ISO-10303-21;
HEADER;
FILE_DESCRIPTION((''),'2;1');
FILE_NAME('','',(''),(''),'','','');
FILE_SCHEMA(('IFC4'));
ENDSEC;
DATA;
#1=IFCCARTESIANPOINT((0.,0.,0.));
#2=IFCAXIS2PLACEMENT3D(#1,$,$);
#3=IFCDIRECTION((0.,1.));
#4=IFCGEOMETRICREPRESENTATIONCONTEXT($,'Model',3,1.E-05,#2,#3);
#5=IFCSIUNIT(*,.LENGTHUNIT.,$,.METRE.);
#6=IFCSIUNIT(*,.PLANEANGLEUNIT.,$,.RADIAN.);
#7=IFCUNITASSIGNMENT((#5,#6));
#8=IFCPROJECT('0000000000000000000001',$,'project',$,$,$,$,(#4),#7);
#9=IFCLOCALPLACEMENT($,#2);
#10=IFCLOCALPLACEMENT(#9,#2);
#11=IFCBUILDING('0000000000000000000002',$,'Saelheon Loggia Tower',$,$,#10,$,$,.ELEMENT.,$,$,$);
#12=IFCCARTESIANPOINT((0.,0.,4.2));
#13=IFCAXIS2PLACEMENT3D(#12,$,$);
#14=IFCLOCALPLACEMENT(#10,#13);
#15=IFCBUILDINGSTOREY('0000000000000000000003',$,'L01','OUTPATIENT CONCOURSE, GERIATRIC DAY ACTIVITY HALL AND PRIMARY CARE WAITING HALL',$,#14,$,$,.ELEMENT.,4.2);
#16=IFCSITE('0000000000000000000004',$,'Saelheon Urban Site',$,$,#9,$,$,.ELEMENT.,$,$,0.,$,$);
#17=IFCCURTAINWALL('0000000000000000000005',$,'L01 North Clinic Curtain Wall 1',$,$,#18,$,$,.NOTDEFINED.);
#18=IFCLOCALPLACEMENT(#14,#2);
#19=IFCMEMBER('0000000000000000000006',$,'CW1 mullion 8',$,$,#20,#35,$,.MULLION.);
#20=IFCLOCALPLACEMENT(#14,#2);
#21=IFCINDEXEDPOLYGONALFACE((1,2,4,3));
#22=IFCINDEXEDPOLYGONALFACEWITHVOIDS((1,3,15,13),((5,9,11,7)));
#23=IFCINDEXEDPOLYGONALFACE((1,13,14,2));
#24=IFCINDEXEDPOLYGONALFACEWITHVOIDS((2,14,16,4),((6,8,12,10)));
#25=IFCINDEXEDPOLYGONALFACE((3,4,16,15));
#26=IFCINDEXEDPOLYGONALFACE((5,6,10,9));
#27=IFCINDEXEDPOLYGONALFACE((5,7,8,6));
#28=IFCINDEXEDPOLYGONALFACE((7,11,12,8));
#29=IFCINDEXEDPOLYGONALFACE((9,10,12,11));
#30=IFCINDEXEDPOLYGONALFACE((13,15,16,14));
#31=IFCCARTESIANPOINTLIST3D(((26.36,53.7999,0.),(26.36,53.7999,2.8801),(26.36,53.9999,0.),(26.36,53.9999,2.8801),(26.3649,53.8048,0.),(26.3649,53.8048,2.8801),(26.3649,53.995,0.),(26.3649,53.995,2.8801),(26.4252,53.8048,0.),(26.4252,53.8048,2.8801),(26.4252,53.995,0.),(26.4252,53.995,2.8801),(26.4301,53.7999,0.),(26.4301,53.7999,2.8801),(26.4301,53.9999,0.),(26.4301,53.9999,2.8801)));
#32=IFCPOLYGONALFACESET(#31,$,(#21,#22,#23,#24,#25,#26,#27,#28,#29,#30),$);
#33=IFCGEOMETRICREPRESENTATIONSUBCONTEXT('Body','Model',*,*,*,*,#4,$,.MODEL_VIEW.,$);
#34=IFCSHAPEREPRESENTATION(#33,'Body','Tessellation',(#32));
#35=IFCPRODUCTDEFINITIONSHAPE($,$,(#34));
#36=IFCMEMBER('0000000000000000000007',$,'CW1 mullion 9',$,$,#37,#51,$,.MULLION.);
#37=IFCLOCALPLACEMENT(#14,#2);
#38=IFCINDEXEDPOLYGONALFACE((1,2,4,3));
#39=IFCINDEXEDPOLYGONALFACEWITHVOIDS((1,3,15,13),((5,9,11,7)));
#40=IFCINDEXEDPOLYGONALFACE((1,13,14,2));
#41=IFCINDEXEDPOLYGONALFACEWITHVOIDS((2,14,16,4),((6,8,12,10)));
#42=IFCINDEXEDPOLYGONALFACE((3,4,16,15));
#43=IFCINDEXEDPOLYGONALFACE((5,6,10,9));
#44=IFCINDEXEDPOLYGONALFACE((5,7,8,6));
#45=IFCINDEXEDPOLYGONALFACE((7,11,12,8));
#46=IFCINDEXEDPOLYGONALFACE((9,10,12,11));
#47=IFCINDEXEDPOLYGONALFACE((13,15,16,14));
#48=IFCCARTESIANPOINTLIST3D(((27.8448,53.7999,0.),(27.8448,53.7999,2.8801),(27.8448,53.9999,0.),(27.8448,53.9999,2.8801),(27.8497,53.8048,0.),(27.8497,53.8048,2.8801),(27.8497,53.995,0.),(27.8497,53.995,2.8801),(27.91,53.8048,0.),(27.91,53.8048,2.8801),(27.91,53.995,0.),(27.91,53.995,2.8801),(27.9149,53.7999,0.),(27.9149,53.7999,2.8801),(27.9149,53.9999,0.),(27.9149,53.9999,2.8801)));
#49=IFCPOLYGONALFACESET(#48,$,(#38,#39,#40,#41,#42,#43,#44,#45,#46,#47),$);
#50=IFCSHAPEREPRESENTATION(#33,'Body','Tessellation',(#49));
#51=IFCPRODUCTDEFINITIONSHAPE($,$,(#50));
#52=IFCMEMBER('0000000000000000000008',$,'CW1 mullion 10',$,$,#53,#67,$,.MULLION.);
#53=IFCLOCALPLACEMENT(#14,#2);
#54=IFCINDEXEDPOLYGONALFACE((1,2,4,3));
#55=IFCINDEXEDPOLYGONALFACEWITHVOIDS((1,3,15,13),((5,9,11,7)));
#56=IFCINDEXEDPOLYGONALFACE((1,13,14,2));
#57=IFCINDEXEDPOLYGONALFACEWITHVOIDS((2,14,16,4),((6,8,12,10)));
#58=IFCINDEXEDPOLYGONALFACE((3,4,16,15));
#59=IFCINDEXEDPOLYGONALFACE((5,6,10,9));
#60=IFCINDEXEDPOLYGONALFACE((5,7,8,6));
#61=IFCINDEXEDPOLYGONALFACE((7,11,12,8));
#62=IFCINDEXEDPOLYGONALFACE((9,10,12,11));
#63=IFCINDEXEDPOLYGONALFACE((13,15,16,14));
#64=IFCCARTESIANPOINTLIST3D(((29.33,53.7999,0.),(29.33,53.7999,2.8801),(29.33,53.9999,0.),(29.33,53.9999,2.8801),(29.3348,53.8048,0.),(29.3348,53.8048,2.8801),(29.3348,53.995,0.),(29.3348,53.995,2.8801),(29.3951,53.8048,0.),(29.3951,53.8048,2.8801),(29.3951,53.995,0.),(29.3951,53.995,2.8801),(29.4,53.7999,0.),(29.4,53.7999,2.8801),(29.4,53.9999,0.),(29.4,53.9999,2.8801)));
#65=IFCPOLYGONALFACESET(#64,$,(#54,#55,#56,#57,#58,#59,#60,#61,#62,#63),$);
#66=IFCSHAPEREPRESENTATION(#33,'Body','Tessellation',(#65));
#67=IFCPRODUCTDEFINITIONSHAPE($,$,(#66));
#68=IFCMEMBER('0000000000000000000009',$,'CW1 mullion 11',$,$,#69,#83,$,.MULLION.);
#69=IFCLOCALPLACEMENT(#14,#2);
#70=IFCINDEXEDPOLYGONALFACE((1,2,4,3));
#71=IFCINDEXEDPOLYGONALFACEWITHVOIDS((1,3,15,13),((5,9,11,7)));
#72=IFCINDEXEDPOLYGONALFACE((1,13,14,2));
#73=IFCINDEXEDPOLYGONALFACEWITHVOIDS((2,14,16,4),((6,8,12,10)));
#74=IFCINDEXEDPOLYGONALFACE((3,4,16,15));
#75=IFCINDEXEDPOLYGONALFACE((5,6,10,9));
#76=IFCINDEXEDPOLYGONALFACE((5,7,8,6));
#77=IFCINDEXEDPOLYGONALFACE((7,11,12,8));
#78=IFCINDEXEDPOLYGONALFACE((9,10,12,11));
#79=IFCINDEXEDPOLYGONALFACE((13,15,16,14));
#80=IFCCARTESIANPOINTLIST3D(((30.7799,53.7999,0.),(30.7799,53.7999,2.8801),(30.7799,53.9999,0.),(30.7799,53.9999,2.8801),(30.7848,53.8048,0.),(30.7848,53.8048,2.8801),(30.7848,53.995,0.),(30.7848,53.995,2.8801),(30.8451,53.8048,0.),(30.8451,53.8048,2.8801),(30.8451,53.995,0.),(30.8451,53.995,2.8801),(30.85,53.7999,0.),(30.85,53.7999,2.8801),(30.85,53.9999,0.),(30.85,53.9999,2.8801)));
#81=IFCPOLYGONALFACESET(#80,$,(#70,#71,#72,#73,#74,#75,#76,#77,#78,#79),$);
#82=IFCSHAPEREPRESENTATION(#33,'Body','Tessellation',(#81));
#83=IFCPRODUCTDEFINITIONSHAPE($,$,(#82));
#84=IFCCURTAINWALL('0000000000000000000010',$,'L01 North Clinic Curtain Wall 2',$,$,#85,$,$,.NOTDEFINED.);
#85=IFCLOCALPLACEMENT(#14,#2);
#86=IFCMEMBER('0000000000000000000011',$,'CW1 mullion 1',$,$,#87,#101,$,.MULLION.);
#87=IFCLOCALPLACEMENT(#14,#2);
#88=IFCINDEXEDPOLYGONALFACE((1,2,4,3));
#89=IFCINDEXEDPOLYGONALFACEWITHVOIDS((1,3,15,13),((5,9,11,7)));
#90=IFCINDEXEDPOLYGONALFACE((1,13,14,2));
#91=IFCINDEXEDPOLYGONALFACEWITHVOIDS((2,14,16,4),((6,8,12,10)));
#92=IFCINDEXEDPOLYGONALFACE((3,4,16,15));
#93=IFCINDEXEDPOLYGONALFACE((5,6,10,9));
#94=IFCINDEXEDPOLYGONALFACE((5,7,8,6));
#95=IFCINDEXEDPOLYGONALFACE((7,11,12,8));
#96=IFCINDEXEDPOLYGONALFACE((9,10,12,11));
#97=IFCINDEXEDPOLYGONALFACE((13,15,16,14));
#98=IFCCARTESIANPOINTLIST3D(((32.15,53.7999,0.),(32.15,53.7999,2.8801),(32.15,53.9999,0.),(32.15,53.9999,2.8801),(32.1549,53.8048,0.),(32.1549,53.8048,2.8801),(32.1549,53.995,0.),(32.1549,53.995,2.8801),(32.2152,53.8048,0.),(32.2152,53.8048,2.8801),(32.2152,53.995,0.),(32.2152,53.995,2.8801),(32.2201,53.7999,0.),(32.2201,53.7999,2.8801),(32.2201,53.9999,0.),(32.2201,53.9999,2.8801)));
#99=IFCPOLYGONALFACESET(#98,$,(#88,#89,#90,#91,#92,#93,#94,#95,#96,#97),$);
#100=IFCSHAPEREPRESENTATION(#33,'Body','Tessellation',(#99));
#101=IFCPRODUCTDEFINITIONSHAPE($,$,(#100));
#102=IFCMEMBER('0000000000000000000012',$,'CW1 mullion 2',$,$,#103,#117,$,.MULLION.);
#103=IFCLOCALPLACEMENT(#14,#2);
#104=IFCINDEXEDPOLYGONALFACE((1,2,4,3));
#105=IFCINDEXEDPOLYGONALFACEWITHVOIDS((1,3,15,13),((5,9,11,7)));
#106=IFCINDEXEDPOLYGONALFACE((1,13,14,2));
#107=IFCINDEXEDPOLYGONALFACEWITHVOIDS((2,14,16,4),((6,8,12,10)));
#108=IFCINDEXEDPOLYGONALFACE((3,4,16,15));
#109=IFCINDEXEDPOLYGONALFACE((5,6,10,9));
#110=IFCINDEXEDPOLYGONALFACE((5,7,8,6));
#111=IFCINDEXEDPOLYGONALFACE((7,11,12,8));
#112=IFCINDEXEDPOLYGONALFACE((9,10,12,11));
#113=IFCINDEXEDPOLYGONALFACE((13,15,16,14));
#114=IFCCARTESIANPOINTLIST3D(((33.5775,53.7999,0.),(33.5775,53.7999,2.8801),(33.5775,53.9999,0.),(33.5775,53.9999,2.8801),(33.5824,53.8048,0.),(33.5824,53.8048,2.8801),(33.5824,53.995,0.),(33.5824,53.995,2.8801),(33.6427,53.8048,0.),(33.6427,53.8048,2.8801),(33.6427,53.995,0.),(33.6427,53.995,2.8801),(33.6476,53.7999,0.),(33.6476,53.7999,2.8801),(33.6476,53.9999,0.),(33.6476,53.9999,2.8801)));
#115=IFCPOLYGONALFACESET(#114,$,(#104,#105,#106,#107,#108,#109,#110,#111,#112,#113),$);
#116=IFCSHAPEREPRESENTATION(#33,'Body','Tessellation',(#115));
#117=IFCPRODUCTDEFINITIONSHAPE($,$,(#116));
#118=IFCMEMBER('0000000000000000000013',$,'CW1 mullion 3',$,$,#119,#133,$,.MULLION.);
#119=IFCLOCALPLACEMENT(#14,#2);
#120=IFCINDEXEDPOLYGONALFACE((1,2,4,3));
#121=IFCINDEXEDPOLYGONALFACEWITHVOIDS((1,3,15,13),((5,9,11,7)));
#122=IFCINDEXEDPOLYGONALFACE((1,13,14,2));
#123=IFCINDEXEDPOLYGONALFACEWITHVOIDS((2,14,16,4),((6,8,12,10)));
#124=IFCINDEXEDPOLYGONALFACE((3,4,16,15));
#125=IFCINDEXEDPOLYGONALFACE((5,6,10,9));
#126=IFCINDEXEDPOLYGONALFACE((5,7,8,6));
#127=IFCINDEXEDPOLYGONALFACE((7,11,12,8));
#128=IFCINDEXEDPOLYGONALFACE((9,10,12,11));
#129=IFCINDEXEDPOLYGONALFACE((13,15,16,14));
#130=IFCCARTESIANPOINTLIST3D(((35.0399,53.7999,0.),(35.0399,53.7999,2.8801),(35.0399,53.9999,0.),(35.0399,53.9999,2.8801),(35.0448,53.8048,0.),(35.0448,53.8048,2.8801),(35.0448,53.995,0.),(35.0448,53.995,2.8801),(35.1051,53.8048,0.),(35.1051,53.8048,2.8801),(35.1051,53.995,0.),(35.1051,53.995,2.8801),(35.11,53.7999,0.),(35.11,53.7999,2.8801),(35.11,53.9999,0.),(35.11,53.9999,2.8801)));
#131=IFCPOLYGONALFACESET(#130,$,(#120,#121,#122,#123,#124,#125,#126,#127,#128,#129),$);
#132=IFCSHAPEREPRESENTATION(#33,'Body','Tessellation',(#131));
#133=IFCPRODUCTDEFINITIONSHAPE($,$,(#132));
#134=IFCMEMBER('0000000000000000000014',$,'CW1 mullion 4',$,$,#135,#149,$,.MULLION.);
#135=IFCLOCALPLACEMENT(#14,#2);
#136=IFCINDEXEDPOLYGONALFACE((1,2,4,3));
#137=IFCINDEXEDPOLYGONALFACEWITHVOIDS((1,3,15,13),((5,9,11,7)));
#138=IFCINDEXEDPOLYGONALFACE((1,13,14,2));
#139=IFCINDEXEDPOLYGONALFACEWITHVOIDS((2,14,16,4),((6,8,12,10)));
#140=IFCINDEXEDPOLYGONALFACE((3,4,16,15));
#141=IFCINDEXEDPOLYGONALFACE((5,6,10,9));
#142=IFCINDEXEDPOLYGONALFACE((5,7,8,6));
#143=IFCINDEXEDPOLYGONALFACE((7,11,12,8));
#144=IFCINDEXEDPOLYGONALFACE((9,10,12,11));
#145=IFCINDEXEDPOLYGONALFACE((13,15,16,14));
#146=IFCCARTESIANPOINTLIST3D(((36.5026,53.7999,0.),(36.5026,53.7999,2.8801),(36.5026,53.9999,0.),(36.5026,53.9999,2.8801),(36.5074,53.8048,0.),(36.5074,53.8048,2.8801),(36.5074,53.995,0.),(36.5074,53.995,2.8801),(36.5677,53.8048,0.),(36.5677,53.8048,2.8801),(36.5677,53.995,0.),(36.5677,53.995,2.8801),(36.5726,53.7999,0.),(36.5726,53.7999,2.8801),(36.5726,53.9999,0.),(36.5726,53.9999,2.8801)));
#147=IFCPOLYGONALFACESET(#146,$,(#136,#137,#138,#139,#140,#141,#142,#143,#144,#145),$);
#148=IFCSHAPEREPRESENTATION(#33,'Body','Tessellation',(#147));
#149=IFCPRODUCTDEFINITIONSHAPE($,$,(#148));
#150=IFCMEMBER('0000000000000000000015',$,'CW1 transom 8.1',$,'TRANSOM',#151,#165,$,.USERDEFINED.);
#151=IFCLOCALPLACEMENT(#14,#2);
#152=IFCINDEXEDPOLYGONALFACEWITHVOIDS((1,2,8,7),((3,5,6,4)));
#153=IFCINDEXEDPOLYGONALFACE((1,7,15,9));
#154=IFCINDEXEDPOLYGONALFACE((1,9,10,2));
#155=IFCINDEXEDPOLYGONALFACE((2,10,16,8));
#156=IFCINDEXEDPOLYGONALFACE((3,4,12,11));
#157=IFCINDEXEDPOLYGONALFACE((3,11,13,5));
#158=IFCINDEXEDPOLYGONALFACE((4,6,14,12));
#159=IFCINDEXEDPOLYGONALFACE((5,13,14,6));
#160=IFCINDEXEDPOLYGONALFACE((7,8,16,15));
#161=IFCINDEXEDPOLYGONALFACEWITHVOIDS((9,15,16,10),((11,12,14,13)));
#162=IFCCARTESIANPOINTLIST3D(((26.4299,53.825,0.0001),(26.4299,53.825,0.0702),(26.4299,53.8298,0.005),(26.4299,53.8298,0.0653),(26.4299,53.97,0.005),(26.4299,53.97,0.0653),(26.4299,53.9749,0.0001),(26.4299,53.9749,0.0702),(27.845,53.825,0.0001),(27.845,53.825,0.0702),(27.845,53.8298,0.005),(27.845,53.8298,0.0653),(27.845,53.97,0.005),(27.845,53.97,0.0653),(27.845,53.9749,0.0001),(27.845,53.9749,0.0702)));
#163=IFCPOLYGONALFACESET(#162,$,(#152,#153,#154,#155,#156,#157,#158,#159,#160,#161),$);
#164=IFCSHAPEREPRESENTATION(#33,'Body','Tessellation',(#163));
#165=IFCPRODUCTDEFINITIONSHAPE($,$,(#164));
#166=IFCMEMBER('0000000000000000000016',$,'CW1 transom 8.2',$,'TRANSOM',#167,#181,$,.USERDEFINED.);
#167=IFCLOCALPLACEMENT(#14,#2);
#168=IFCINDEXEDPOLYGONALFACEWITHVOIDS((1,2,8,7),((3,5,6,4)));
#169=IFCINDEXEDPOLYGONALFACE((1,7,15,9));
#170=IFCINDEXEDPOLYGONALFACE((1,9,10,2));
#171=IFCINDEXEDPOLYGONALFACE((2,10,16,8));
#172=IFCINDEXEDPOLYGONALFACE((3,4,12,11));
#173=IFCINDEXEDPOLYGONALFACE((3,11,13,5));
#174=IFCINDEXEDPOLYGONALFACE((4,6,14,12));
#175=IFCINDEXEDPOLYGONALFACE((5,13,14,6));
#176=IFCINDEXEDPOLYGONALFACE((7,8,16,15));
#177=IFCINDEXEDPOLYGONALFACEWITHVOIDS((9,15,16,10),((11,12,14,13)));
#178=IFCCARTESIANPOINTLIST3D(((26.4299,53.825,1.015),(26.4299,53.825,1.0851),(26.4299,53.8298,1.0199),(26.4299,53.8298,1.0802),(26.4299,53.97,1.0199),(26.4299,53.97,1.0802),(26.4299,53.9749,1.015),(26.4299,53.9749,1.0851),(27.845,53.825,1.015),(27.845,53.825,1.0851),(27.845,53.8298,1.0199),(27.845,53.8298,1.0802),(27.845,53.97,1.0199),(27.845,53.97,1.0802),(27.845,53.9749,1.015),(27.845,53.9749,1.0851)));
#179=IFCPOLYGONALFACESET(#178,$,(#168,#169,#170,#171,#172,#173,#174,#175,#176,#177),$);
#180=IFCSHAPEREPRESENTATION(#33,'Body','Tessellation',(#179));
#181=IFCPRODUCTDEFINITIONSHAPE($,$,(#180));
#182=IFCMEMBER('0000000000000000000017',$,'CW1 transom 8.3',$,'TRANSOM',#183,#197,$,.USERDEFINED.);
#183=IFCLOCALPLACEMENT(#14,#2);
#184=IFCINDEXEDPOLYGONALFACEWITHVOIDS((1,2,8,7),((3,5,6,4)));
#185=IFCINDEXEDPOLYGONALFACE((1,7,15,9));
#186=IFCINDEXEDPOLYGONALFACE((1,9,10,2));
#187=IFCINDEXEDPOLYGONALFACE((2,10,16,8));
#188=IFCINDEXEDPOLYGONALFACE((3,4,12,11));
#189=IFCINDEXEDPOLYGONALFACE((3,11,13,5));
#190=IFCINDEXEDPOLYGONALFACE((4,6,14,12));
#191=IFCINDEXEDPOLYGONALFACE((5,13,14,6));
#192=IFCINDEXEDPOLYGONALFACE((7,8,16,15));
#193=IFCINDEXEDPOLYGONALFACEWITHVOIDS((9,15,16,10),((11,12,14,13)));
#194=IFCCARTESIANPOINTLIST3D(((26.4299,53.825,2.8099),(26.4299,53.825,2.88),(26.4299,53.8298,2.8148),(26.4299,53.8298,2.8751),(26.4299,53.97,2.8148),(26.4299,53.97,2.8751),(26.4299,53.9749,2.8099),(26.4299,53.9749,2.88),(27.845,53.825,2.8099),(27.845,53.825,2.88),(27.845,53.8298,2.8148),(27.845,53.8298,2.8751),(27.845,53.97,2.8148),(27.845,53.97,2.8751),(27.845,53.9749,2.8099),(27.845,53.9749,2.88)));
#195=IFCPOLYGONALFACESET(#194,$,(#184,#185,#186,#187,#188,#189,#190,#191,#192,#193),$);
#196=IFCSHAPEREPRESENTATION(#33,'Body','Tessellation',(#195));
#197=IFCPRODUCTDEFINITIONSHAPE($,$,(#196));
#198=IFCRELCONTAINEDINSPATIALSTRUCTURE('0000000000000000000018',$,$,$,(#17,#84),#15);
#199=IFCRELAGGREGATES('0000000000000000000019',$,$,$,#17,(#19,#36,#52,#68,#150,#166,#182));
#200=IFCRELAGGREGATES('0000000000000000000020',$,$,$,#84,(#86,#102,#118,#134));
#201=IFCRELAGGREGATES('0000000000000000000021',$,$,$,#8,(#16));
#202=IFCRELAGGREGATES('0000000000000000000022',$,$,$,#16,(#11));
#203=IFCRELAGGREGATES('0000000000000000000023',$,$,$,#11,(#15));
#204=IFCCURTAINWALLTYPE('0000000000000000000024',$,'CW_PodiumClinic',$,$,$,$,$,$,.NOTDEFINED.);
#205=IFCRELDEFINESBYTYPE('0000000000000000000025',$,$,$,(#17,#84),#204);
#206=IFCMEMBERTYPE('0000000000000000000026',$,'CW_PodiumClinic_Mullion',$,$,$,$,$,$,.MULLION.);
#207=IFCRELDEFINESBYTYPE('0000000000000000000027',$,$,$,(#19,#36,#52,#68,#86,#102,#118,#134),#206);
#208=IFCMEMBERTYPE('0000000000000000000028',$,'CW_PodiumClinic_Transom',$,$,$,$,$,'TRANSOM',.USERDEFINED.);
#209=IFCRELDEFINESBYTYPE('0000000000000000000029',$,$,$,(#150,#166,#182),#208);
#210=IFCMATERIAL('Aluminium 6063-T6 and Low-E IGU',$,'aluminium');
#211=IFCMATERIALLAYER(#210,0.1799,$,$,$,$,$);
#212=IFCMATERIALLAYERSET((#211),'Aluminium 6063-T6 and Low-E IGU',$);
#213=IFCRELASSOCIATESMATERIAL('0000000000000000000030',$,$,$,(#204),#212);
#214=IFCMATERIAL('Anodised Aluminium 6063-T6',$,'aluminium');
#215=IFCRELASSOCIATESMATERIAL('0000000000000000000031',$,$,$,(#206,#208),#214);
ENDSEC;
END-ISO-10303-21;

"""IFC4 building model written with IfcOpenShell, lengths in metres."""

from ifc_helpers import new_model, si_unit, direction, frame, origin, origin_2d, place, context, subcontext, project, spatial, hollow_rectangle, extrude, source, transform, mapped, material, layer, layer_set, material_profile, profile_set, type_object, element, aggregate, save


model = new_model("IFC4")

# Units and contexts
model_context = context("Model", 3, precision=1e-05, world=origin(), true_north=direction((0.0, 1.0)))
body_context = subcontext(model_context, "Body", "Model", "MODEL_VIEW")
ifc_project = project(units=[si_unit("LENGTHUNIT", "METRE"), si_unit("PLANEANGLEUNIT", "RADIAN")], contexts=[model_context])

# Site, building, storey
site_placement = place(None, origin())
site = spatial("IfcSite", under=ifc_project, at=site_placement, Name="Saelheon Urban Site", CompositionType="ELEMENT", RefElevation=0.0)
building_placement = place(site_placement, origin())
building = spatial("IfcBuilding", under=site, at=building_placement, Name="Saelheon Loggia Tower", CompositionType="ELEMENT")
storey_placement = place(building_placement, frame((0.0, 0.0, 4.2)))
storey = spatial("IfcBuildingStorey", under=building, at=storey_placement, Name="L01", Description="OUTPATIENT CONCOURSE, GERIATRIC DAY ACTIVITY HALL AND PRIMARY CARE WAITING HALL", CompositionType="ELEMENT", Elevation=4.2)

# Curtain walls, members
ifc_material_1 = material(Name="Aluminium 6063-T6 and Low-E IGU", Category="aluminium")
ifc_layer_1 = layer(ifc_material_1, 0.1799)
ifc_layer_set_1 = layer_set([ifc_layer_1], Name="Aluminium 6063-T6 and Low-E IGU")
curtain_wall_type = type_object("IfcCurtainWallType", Name="CW_PodiumClinic", PredefinedType="NOTDEFINED", material=ifc_layer_set_1)
curtain_wall_1_placement = place(storey_placement, origin())
curtain_wall_1 = element("IfcCurtainWall", 1, at=curtain_wall_1_placement, inside=storey, type_object=curtain_wall_type, Name="L01 North Clinic Curtain Wall 1", PredefinedType="NOTDEFINED")
ifc_material_2 = material(Name="Anodised Aluminium 6063-T6", Category="aluminium")
ifc_material_profile_1 = material_profile(ifc_material_2, hollow_rectangle(XDim=0.0701, YDim=0.2, WallThickness=0.0049, at=origin_2d()), Name="RHS-200x70x5")
ifc_profile_set_1 = profile_set([ifc_material_profile_1], Name="Anodised Aluminium 6063-T6")
member_type_1 = type_object("IfcMemberType", Name="CW_PodiumClinic_Mullion", PredefinedType="MULLION", material=ifc_profile_set_1)
shared_shape_1 = source(origin(), body_context, "Body", "SweptSolid", [
    extrude(hollow_rectangle(XDim=0.0701, YDim=0.2, WallThickness=0.0049, at=origin_2d()), origin(), (0.0, 0.0, 1.0), 2.8801),
])
member_1_placement = place(storey_placement, frame((26.395, 53.8999, 0.0), z_axis=(0.0, 0.0, 1.0), x_axis=(1.0, 0.0, 0.0)))
member_1 = element("IfcMember", 2, at=member_1_placement, type_object=member_type_1, Name="CW1 mullion 8", PredefinedType="MULLION", context=body_context, shape_type="MappedRepresentation", body=[
    mapped(shared_shape_1, transform((0.0, 0.0, 0.0), scale=1.0)),
])
member_2_placement = place(storey_placement, frame((27.8799, 53.8999, 0.0), z_axis=(0.0, 0.0, 1.0), x_axis=(1.0, 0.0, 0.0)))
member_2 = element("IfcMember", 3, at=member_2_placement, type_object=member_type_1, Name="CW1 mullion 9", PredefinedType="MULLION", context=body_context, shape_type="MappedRepresentation", body=[
    mapped(shared_shape_1, transform((0.0, 0.0, 0.0), scale=1.0)),
])
member_3_placement = place(storey_placement, frame((29.365, 53.8999, 0.0), z_axis=(0.0, 0.0, 1.0), x_axis=(1.0, 0.0, 0.0)))
member_3 = element("IfcMember", 4, at=member_3_placement, type_object=member_type_1, Name="CW1 mullion 10", PredefinedType="MULLION", context=body_context, shape_type="MappedRepresentation", body=[
    mapped(shared_shape_1, transform((0.0, 0.0, 0.0), scale=1.0)),
])
member_4_placement = place(storey_placement, frame((30.8149, 53.8999, 0.0), z_axis=(0.0, 0.0, 1.0), x_axis=(1.0, 0.0, 0.0)))
member_4 = element("IfcMember", 5, at=member_4_placement, type_object=member_type_1, Name="CW1 mullion 11", PredefinedType="MULLION", context=body_context, shape_type="MappedRepresentation", body=[
    mapped(shared_shape_1, transform((0.0, 0.0, 0.0), scale=1.0)),
])
curtain_wall_2_placement = place(storey_placement, origin())
curtain_wall_2 = element("IfcCurtainWall", 6, at=curtain_wall_2_placement, inside=storey, type_object=curtain_wall_type, Name="L01 North Clinic Curtain Wall 2", PredefinedType="NOTDEFINED")
member_5_placement = place(storey_placement, frame((32.1851, 53.8999, 0.0), z_axis=(0.0, 0.0, 1.0), x_axis=(1.0, 0.0, 0.0)))
member_5 = element("IfcMember", 7, at=member_5_placement, type_object=member_type_1, Name="CW1 mullion 1", PredefinedType="MULLION", context=body_context, shape_type="MappedRepresentation", body=[
    mapped(shared_shape_1, transform((0.0, 0.0, 0.0), scale=1.0)),
])
member_6_placement = place(storey_placement, frame((33.6125, 53.8999, 0.0), z_axis=(0.0, 0.0, 1.0), x_axis=(1.0, 0.0, 0.0)))
member_6 = element("IfcMember", 8, at=member_6_placement, type_object=member_type_1, Name="CW1 mullion 2", PredefinedType="MULLION", context=body_context, shape_type="MappedRepresentation", body=[
    mapped(shared_shape_1, transform((0.0, 0.0, 0.0), scale=1.0)),
])
member_7_placement = place(storey_placement, frame((35.075, 53.8999, 0.0), z_axis=(0.0, 0.0, 1.0), x_axis=(1.0, 0.0, 0.0)))
member_7 = element("IfcMember", 9, at=member_7_placement, type_object=member_type_1, Name="CW1 mullion 3", PredefinedType="MULLION", context=body_context, shape_type="MappedRepresentation", body=[
    mapped(shared_shape_1, transform((0.0, 0.0, 0.0), scale=1.0)),
])
member_8_placement = place(storey_placement, frame((36.5376, 53.8999, 0.0), z_axis=(0.0, 0.0, 1.0), x_axis=(1.0, 0.0, 0.0)))
member_8 = element("IfcMember", 10, at=member_8_placement, type_object=member_type_1, Name="CW1 mullion 4", PredefinedType="MULLION", context=body_context, shape_type="MappedRepresentation", body=[
    mapped(shared_shape_1, transform((0.0, 0.0, 0.0), scale=1.0)),
])

# Members
ifc_material_profile_2 = material_profile(ifc_material_2, hollow_rectangle(XDim=0.0701, YDim=0.1499, WallThickness=0.0049, at=origin_2d()), Name="RHS-150x70x5")
ifc_profile_set_2 = profile_set([ifc_material_profile_2], Name="Anodised Aluminium 6063-T6")
member_type_2 = type_object("IfcMemberType", Name="CW_PodiumClinic_Transom", ElementType="TRANSOM", PredefinedType="USERDEFINED", material=ifc_profile_set_2)
shared_shape_2 = source(origin(), body_context, "Body", "SweptSolid", [
    extrude(hollow_rectangle(XDim=0.0701, YDim=0.1499, WallThickness=0.0049, at=origin_2d()), origin(), (0.0, 0.0, 1.0), 1.415),
])
member_9_placement = place(storey_placement, frame((26.4299, 53.8999, 0.0352), z_axis=(1.0, 0.0, 0.0), x_axis=(0.0, 0.0, 1.0)))
member_9 = element("IfcMember", 11, at=member_9_placement, type_object=member_type_2, Name="CW1 transom 8.1", ObjectType="TRANSOM", PredefinedType="USERDEFINED", context=body_context, shape_type="MappedRepresentation", body=[
    mapped(shared_shape_2, transform((0.0, 0.0, 0.0), scale=1.0)),
])
member_10_placement = place(storey_placement, frame((26.4299, 53.8999, 1.05), z_axis=(1.0, 0.0, 0.0), x_axis=(0.0, 0.0, 1.0)))
member_10 = element("IfcMember", 12, at=member_10_placement, type_object=member_type_2, Name="CW1 transom 8.2", ObjectType="TRANSOM", PredefinedType="USERDEFINED", context=body_context, shape_type="MappedRepresentation", body=[
    mapped(shared_shape_2, transform((0.0, 0.0, 0.0), scale=1.0)),
])
member_11_placement = place(storey_placement, frame((26.4299, 53.8999, 2.845), z_axis=(1.0, 0.0, 0.0), x_axis=(0.0, 0.0, 1.0)))
member_11 = element("IfcMember", 13, at=member_11_placement, type_object=member_type_2, Name="CW1 transom 8.3", ObjectType="TRANSOM", PredefinedType="USERDEFINED", context=body_context, shape_type="MappedRepresentation", body=[
    mapped(shared_shape_2, transform((0.0, 0.0, 0.0), scale=1.0)),
])

aggregate(curtain_wall_1, [member_1, member_2, member_3, member_4, member_9, member_10, member_11])
aggregate(curtain_wall_2, [member_5, member_6, member_7, member_8])

save(model, "model.ifc")
